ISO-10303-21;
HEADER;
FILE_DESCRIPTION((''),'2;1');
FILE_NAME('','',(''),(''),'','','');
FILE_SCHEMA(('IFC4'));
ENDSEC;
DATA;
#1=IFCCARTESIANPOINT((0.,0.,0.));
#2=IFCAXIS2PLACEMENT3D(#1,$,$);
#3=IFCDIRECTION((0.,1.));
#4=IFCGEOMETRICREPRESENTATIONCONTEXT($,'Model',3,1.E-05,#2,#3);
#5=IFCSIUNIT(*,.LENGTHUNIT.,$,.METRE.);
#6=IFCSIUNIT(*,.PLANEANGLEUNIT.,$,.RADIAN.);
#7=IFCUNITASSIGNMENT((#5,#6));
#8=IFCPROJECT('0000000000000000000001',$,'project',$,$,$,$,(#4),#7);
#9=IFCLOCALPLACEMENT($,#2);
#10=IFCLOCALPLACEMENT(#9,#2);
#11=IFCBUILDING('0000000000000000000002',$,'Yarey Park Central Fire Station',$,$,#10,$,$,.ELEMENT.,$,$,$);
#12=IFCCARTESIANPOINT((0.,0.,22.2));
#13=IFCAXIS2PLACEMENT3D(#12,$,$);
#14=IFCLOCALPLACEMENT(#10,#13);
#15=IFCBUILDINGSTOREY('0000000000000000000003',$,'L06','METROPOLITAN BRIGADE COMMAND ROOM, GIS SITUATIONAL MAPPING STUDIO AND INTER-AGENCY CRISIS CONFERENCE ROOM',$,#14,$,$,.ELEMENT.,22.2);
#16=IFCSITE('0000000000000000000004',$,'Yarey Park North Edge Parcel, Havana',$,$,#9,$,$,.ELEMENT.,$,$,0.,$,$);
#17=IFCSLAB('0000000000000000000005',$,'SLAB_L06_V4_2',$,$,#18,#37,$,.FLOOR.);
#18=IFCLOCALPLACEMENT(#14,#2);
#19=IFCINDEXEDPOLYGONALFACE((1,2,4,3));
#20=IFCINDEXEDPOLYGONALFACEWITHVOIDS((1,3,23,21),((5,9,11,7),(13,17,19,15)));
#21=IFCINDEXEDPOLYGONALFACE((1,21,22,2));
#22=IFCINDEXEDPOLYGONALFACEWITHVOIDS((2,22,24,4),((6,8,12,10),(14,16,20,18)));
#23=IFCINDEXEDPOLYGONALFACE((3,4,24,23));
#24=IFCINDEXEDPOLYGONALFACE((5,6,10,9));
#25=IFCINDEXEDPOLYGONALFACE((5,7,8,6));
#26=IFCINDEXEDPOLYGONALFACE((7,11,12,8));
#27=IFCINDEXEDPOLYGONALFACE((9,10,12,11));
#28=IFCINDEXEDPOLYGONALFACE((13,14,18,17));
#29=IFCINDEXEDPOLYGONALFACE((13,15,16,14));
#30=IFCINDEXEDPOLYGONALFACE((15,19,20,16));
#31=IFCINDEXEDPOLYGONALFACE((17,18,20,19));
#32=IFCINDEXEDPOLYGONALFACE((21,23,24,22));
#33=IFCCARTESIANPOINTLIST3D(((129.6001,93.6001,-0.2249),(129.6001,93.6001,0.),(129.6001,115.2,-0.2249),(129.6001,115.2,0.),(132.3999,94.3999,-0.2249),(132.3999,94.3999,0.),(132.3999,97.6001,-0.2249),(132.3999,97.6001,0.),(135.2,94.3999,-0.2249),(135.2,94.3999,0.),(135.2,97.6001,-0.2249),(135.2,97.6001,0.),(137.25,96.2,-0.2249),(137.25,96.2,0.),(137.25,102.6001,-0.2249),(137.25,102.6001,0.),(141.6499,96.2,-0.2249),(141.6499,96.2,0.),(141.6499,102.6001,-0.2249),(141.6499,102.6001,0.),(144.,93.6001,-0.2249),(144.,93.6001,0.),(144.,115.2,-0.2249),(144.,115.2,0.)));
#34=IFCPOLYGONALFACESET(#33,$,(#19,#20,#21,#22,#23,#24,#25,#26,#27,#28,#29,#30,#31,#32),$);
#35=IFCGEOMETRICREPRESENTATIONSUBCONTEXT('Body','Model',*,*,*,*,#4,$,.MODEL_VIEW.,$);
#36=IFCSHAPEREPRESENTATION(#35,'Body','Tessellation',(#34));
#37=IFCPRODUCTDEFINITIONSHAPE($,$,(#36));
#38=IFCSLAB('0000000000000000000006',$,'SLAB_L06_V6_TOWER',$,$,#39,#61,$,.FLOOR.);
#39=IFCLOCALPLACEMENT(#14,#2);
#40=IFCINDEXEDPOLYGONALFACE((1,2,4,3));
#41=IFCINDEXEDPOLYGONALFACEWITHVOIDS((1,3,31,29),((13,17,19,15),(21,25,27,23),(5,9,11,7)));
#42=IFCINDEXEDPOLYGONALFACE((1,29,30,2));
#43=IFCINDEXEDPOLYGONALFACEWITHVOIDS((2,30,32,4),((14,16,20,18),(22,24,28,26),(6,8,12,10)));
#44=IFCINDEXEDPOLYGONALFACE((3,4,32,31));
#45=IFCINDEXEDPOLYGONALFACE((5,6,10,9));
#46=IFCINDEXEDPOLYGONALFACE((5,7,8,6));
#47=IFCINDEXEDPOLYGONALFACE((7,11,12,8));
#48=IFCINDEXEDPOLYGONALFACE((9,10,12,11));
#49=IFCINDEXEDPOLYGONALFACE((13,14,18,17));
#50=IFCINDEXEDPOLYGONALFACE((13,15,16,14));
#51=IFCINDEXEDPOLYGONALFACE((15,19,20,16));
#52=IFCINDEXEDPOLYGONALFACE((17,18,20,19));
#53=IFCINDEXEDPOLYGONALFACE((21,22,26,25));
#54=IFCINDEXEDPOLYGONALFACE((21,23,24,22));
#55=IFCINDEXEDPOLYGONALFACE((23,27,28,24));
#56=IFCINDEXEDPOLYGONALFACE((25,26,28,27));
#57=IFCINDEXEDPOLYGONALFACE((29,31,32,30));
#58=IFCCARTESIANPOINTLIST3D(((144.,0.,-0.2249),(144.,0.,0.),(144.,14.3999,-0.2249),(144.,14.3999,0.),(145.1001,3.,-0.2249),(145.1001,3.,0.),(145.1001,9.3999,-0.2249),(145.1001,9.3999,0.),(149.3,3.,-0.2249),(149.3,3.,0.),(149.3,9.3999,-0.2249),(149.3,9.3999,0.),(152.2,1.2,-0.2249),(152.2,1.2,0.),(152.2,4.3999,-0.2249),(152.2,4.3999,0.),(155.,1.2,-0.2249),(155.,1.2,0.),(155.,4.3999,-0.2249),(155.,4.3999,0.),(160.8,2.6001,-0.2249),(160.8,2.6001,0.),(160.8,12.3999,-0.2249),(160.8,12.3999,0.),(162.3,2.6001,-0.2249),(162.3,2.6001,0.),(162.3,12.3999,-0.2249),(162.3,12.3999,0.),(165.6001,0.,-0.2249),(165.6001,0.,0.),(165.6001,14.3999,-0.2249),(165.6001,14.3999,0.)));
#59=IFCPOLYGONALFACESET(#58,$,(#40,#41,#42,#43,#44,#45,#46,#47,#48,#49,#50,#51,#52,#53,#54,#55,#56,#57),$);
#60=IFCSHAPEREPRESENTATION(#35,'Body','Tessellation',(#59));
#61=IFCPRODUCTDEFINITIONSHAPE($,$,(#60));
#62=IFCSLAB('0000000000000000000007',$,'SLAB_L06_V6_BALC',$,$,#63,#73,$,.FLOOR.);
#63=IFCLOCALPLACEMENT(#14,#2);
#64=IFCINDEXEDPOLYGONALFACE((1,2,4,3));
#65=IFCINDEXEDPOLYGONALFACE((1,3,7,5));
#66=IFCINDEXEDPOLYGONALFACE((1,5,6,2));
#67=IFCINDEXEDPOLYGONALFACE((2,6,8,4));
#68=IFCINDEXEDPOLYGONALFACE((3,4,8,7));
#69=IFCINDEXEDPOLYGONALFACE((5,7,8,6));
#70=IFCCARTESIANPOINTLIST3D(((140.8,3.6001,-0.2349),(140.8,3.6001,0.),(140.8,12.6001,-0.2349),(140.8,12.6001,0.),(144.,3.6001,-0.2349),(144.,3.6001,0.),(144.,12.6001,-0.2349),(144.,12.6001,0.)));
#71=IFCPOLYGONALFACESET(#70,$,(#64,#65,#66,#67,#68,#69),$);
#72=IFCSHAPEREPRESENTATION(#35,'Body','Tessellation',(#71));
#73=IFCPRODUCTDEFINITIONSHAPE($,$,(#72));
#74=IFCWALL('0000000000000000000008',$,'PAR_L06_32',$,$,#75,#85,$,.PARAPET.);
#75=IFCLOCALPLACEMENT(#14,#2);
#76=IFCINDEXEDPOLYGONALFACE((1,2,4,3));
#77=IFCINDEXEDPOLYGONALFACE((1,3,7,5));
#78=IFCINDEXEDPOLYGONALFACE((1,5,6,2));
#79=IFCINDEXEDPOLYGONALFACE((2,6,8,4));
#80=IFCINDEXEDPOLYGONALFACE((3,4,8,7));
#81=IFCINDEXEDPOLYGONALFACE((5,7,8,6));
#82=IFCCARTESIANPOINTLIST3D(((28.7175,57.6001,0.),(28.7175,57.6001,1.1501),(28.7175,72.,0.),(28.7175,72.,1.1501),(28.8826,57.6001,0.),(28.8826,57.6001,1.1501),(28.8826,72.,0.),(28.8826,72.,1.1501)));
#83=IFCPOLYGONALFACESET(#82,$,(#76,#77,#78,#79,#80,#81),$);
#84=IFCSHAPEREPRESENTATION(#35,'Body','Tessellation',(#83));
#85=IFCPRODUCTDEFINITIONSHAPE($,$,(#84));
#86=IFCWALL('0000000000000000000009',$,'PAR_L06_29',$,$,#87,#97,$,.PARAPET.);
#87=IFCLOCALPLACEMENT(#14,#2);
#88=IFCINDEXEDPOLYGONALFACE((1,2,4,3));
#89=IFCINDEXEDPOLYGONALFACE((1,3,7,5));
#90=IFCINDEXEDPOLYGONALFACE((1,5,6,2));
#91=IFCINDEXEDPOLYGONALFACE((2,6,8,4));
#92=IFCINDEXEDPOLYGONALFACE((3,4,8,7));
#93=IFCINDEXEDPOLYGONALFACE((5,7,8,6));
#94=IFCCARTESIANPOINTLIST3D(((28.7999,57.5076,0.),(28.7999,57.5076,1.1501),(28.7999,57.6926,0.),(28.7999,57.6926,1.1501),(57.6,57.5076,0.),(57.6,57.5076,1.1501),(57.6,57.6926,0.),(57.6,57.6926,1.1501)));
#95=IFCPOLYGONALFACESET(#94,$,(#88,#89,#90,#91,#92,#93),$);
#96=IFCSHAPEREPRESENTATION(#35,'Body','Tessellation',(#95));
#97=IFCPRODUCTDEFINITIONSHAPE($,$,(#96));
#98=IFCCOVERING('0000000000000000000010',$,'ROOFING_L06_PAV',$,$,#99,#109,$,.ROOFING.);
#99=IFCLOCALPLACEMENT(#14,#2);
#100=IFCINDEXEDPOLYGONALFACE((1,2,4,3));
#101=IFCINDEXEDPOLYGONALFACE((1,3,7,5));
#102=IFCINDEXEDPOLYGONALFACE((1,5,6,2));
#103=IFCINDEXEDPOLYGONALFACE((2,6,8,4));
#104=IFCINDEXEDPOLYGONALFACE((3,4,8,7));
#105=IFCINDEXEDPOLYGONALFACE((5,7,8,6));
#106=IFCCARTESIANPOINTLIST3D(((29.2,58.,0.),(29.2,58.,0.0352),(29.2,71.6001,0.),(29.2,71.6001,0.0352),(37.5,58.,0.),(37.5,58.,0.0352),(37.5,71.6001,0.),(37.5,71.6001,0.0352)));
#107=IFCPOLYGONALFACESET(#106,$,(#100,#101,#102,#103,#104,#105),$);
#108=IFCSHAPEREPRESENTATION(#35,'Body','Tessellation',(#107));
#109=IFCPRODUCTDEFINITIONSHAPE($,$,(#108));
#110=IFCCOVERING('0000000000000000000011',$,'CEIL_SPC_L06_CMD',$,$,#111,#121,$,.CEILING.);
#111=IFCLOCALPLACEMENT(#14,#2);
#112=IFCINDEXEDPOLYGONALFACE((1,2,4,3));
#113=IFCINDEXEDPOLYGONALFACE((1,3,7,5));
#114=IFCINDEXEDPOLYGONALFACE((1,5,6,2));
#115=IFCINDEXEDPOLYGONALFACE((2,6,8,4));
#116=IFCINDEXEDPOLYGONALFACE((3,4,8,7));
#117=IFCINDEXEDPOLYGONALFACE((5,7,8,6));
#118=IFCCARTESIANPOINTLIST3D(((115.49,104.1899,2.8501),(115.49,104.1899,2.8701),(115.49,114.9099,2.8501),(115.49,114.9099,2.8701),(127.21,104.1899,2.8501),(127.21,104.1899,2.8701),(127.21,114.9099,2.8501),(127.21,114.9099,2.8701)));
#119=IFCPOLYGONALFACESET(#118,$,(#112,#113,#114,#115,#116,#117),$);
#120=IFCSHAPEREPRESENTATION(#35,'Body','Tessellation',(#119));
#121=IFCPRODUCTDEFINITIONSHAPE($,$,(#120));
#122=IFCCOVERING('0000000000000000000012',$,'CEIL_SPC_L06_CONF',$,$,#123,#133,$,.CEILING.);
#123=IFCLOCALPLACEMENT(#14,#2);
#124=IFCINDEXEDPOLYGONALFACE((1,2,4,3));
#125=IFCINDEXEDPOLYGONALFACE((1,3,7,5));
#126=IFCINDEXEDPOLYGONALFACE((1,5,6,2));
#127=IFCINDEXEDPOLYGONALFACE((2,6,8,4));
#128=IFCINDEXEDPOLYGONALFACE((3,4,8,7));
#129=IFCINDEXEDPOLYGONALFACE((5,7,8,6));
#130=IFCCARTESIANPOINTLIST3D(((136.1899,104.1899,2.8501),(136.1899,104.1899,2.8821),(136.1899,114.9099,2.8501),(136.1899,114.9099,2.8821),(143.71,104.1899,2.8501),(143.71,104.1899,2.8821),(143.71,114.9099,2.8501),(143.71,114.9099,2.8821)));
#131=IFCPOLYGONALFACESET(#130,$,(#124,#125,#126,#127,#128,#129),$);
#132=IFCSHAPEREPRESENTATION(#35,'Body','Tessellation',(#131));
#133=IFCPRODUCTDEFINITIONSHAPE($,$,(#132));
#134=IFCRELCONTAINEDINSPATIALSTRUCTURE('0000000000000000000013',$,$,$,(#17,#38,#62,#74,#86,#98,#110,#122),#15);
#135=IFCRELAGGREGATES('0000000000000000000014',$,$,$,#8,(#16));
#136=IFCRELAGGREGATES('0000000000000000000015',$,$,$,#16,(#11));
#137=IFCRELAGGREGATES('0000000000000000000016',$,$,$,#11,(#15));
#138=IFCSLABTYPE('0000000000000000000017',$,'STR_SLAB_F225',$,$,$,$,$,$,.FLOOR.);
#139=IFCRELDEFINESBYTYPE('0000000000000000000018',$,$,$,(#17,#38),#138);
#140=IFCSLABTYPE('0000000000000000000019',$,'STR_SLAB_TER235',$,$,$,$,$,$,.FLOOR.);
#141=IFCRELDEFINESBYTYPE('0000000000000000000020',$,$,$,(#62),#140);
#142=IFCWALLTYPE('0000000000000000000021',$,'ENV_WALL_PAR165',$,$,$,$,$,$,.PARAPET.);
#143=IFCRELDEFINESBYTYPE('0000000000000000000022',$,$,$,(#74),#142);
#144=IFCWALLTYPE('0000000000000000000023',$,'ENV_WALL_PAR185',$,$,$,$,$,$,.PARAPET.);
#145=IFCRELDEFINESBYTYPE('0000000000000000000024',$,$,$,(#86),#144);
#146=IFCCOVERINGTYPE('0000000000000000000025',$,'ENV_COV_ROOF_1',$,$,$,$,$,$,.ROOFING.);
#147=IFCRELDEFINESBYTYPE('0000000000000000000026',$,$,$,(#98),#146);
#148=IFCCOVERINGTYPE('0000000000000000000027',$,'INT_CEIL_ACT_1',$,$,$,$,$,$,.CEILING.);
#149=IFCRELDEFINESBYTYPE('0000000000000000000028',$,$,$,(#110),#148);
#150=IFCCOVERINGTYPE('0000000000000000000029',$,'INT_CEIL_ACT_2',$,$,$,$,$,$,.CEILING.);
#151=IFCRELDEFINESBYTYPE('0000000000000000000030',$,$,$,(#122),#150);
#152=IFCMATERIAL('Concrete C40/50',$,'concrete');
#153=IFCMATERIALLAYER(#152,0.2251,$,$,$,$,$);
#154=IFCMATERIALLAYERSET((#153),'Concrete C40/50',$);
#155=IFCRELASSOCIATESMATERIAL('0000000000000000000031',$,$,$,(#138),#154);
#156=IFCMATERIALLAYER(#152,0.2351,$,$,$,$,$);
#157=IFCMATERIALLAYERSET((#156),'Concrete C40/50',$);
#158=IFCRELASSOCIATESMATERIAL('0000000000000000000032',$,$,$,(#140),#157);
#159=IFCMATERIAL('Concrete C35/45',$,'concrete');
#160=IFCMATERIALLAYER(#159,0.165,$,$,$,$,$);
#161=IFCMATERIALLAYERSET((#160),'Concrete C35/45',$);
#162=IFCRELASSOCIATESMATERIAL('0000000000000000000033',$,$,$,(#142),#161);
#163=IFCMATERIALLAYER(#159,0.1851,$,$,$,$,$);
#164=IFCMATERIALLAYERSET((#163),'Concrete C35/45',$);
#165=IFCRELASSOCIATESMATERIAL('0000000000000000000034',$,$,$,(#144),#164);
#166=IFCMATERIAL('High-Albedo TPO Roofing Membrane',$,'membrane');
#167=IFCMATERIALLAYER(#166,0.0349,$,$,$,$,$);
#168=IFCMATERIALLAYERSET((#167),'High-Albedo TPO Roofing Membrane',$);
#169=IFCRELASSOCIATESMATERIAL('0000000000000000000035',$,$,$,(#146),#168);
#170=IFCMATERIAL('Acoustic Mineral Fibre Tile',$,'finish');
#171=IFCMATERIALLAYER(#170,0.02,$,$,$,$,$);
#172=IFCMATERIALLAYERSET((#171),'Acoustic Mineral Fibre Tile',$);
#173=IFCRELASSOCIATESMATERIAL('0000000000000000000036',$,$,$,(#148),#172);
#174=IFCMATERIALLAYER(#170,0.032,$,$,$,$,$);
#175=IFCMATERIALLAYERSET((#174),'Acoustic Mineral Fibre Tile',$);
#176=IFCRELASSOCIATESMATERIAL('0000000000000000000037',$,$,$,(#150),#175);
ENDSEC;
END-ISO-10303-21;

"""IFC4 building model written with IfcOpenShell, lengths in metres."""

from ifc_helpers import new_model, si_unit, direction, frame, frame_2d, origin, place, context, subcontext, project, spatial, polyline, rectangle, outline, extrude, material, layer, layer_set, type_object, element, save


model = new_model("IFC4")

# Units and contexts
model_context = context("Model", 3, precision=1e-05, world=origin(), true_north=direction((0.0, 1.0)))
body_context = subcontext(model_context, "Body", "Model", "MODEL_VIEW")
ifc_project = project(units=[si_unit("LENGTHUNIT", "METRE"), si_unit("PLANEANGLEUNIT", "RADIAN")], contexts=[model_context])

# Site, building, storey
site_placement = place(None, origin())
site = spatial("IfcSite", under=ifc_project, at=site_placement, Name="Yarey Park North Edge Parcel, Havana", CompositionType="ELEMENT", RefElevation=0.0)
building_placement = place(site_placement, origin())
building = spatial("IfcBuilding", under=site, at=building_placement, Name="Yarey Park Central Fire Station", CompositionType="ELEMENT")
storey_placement = place(building_placement, frame((0.0, 0.0, 22.2)))
storey = spatial("IfcBuildingStorey", under=building, at=storey_placement, Name="L06", Description="METROPOLITAN BRIGADE COMMAND ROOM, GIS SITUATIONAL MAPPING STUDIO AND INTER-AGENCY CRISIS CONFERENCE ROOM", CompositionType="ELEMENT", Elevation=22.2)

# Shared definitions
ifc_material_1 = material(Name="Concrete C40/50", Category="concrete")

# Slabs
ifc_layer_1 = layer(ifc_material_1, 0.2251)
ifc_layer_set_1 = layer_set([ifc_layer_1], Name="Concrete C40/50")
slab_type_1 = type_object("IfcSlabType", Name="STR_SLAB_F225", PredefinedType="FLOOR", material=ifc_layer_set_1)
slab_1_placement = place(storey_placement, frame((0.0, 0.0, -0.2249)))
element("IfcSlab", 1, at=slab_1_placement, inside=storey, type_object=slab_type_1, Name="SLAB_L06_V4_2", PredefinedType="FLOOR", context=body_context, shape_type="SweptSolid", body=[
    extrude(outline(polyline([(129.6001, 93.6001), (144.0, 93.6001), (144.0, 115.2), (129.6001, 115.2), (129.6001, 93.6001)]), holes=[polyline([(137.25, 96.2), (141.6499, 96.2), (141.6499, 102.6001), (137.25, 102.6001), (137.25, 96.2)]), polyline([(132.3999, 94.3999), (135.2, 94.3999), (135.2, 97.6001), (132.3999, 97.6001), (132.3999, 94.3999)])]), origin(), (0.0, 0.0, 1.0), 0.2249),
])
slab_2_placement = place(storey_placement, frame((0.0, 0.0, -0.2249)))
element("IfcSlab", 2, at=slab_2_placement, inside=storey, type_object=slab_type_1, Name="SLAB_L06_V6_TOWER", PredefinedType="FLOOR", context=body_context, shape_type="SweptSolid", body=[
    extrude(outline(polyline([(144.0, 0.0), (165.6001, 0.0), (165.6001, 14.3999), (144.0, 14.3999), (144.0, 0.0)]), holes=[polyline([(145.1001, 3.0), (149.3, 3.0), (149.3, 9.3999), (145.1001, 9.3999), (145.1001, 3.0)]), polyline([(152.2, 1.2), (155.0, 1.2), (155.0, 4.3999), (152.2, 4.3999), (152.2, 1.2)]), polyline([(160.8, 2.6001), (162.3, 2.6001), (162.3, 12.3999), (160.8, 12.3999), (160.8, 2.6001)])]), origin(), (0.0, 0.0, 1.0), 0.2249),
])
ifc_layer_2 = layer(ifc_material_1, 0.2351)
ifc_layer_set_2 = layer_set([ifc_layer_2], Name="Concrete C40/50")
slab_type_2 = type_object("IfcSlabType", Name="STR_SLAB_TER235", PredefinedType="FLOOR", material=ifc_layer_set_2)
slab_3_placement = place(storey_placement, frame((0.0, 0.0, -0.2349)))
element("IfcSlab", 3, at=slab_3_placement, inside=storey, type_object=slab_type_2, Name="SLAB_L06_V6_BALC", PredefinedType="FLOOR", context=body_context, shape_type="SweptSolid", body=[
    extrude(outline(polyline([(140.8, 3.6001), (144.0, 3.6001), (144.0, 12.6001), (140.8, 12.6001), (140.8, 3.6001)])), origin(), (0.0, 0.0, 1.0), 0.2349),
])

# Walls
ifc_material_2 = material(Name="Concrete C35/45", Category="concrete")
ifc_layer_3 = layer(ifc_material_2, 0.165)
ifc_layer_set_3 = layer_set([ifc_layer_3], Name="Concrete C35/45")
wall_type_1 = type_object("IfcWallType", Name="ENV_WALL_PAR165", PredefinedType="PARAPET", material=ifc_layer_set_3)
wall_1_placement = place(storey_placement, frame((28.8, 72.0, 0.0), z_axis=(0.0, 0.0, 1.0), x_axis=(0.0, -1.0, 0.0)))
element("IfcWall", 4, at=wall_1_placement, inside=storey, type_object=wall_type_1, Name="PAR_L06_32", PredefinedType="PARAPET", context=body_context, shape_type="SweptSolid", body=[
    extrude(rectangle(XDim=14.3999, YDim=0.165, at=frame_2d((7.2, 0.0))), origin(), (0.0, 0.0, 1.0), 1.1501),
])
ifc_layer_4 = layer(ifc_material_2, 0.1851)
ifc_layer_set_4 = layer_set([ifc_layer_4], Name="Concrete C35/45")
wall_type_2 = type_object("IfcWallType", Name="ENV_WALL_PAR185", PredefinedType="PARAPET", material=ifc_layer_set_4)
wall_2_placement = place(storey_placement, frame((28.8, 57.6001, 0.0), z_axis=(0.0, 0.0, 1.0), x_axis=(1.0, 0.0, 0.0)))
element("IfcWall", 5, at=wall_2_placement, inside=storey, type_object=wall_type_2, Name="PAR_L06_29", PredefinedType="PARAPET", context=body_context, shape_type="SweptSolid", body=[
    extrude(rectangle(XDim=28.8, YDim=0.1851, at=frame_2d((14.3999, 0.0))), origin(), (0.0, 0.0, 1.0), 1.1501),
])

# Coverings
ifc_material_3 = material(Name="High-Albedo TPO Roofing Membrane", Category="membrane")
ifc_layer_5 = layer(ifc_material_3, 0.0349)
ifc_layer_set_5 = layer_set([ifc_layer_5], Name="High-Albedo TPO Roofing Membrane")
covering_type_1 = type_object("IfcCoveringType", Name="ENV_COV_ROOF_1", PredefinedType="ROOFING", material=ifc_layer_set_5)
covering_1_placement = place(storey_placement, origin())
element("IfcCovering", 6, at=covering_1_placement, inside=storey, type_object=covering_type_1, Name="ROOFING_L06_PAV", PredefinedType="ROOFING", context=body_context, shape_type="SweptSolid", body=[
    extrude(outline(polyline([(29.2, 58.0), (37.5, 58.0), (37.5, 71.6001), (29.2, 71.6001), (29.2, 58.0)])), origin(), (0.0, 0.0, 1.0), 0.0352),
])
ifc_material_4 = material(Name="Acoustic Mineral Fibre Tile", Category="finish")
ifc_layer_6 = layer(ifc_material_4, 0.02)
ifc_layer_set_6 = layer_set([ifc_layer_6], Name="Acoustic Mineral Fibre Tile")
covering_type_2 = type_object("IfcCoveringType", Name="INT_CEIL_ACT_1", PredefinedType="CEILING", material=ifc_layer_set_6)
covering_2_placement = place(storey_placement, frame((0.0, 0.0, 2.8501)))
element("IfcCovering", 7, at=covering_2_placement, inside=storey, type_object=covering_type_2, Name="CEIL_SPC_L06_CMD", PredefinedType="CEILING", context=body_context, shape_type="SweptSolid", body=[
    extrude(outline(polyline([(115.49, 104.1899), (127.21, 104.1899), (127.21, 114.9099), (115.49, 114.9099), (115.49, 104.1899)])), origin(), (0.0, 0.0, 1.0), 0.02),
])
ifc_layer_7 = layer(ifc_material_4, 0.032)
ifc_layer_set_7 = layer_set([ifc_layer_7], Name="Acoustic Mineral Fibre Tile")
covering_type_3 = type_object("IfcCoveringType", Name="INT_CEIL_ACT_2", PredefinedType="CEILING", material=ifc_layer_set_7)
covering_3_placement = place(storey_placement, frame((0.0, 0.0, 2.8501)))
element("IfcCovering", 8, at=covering_3_placement, inside=storey, type_object=covering_type_3, Name="CEIL_SPC_L06_CONF", PredefinedType="CEILING", context=body_context, shape_type="SweptSolid", body=[
    extrude(outline(polyline([(136.1899, 104.1899), (143.71, 104.1899), (143.71, 114.9099), (136.1899, 114.9099), (136.1899, 104.1899)])), origin(), (0.0, 0.0, 1.0), 0.032),
])

save(model, "model.ifc")
